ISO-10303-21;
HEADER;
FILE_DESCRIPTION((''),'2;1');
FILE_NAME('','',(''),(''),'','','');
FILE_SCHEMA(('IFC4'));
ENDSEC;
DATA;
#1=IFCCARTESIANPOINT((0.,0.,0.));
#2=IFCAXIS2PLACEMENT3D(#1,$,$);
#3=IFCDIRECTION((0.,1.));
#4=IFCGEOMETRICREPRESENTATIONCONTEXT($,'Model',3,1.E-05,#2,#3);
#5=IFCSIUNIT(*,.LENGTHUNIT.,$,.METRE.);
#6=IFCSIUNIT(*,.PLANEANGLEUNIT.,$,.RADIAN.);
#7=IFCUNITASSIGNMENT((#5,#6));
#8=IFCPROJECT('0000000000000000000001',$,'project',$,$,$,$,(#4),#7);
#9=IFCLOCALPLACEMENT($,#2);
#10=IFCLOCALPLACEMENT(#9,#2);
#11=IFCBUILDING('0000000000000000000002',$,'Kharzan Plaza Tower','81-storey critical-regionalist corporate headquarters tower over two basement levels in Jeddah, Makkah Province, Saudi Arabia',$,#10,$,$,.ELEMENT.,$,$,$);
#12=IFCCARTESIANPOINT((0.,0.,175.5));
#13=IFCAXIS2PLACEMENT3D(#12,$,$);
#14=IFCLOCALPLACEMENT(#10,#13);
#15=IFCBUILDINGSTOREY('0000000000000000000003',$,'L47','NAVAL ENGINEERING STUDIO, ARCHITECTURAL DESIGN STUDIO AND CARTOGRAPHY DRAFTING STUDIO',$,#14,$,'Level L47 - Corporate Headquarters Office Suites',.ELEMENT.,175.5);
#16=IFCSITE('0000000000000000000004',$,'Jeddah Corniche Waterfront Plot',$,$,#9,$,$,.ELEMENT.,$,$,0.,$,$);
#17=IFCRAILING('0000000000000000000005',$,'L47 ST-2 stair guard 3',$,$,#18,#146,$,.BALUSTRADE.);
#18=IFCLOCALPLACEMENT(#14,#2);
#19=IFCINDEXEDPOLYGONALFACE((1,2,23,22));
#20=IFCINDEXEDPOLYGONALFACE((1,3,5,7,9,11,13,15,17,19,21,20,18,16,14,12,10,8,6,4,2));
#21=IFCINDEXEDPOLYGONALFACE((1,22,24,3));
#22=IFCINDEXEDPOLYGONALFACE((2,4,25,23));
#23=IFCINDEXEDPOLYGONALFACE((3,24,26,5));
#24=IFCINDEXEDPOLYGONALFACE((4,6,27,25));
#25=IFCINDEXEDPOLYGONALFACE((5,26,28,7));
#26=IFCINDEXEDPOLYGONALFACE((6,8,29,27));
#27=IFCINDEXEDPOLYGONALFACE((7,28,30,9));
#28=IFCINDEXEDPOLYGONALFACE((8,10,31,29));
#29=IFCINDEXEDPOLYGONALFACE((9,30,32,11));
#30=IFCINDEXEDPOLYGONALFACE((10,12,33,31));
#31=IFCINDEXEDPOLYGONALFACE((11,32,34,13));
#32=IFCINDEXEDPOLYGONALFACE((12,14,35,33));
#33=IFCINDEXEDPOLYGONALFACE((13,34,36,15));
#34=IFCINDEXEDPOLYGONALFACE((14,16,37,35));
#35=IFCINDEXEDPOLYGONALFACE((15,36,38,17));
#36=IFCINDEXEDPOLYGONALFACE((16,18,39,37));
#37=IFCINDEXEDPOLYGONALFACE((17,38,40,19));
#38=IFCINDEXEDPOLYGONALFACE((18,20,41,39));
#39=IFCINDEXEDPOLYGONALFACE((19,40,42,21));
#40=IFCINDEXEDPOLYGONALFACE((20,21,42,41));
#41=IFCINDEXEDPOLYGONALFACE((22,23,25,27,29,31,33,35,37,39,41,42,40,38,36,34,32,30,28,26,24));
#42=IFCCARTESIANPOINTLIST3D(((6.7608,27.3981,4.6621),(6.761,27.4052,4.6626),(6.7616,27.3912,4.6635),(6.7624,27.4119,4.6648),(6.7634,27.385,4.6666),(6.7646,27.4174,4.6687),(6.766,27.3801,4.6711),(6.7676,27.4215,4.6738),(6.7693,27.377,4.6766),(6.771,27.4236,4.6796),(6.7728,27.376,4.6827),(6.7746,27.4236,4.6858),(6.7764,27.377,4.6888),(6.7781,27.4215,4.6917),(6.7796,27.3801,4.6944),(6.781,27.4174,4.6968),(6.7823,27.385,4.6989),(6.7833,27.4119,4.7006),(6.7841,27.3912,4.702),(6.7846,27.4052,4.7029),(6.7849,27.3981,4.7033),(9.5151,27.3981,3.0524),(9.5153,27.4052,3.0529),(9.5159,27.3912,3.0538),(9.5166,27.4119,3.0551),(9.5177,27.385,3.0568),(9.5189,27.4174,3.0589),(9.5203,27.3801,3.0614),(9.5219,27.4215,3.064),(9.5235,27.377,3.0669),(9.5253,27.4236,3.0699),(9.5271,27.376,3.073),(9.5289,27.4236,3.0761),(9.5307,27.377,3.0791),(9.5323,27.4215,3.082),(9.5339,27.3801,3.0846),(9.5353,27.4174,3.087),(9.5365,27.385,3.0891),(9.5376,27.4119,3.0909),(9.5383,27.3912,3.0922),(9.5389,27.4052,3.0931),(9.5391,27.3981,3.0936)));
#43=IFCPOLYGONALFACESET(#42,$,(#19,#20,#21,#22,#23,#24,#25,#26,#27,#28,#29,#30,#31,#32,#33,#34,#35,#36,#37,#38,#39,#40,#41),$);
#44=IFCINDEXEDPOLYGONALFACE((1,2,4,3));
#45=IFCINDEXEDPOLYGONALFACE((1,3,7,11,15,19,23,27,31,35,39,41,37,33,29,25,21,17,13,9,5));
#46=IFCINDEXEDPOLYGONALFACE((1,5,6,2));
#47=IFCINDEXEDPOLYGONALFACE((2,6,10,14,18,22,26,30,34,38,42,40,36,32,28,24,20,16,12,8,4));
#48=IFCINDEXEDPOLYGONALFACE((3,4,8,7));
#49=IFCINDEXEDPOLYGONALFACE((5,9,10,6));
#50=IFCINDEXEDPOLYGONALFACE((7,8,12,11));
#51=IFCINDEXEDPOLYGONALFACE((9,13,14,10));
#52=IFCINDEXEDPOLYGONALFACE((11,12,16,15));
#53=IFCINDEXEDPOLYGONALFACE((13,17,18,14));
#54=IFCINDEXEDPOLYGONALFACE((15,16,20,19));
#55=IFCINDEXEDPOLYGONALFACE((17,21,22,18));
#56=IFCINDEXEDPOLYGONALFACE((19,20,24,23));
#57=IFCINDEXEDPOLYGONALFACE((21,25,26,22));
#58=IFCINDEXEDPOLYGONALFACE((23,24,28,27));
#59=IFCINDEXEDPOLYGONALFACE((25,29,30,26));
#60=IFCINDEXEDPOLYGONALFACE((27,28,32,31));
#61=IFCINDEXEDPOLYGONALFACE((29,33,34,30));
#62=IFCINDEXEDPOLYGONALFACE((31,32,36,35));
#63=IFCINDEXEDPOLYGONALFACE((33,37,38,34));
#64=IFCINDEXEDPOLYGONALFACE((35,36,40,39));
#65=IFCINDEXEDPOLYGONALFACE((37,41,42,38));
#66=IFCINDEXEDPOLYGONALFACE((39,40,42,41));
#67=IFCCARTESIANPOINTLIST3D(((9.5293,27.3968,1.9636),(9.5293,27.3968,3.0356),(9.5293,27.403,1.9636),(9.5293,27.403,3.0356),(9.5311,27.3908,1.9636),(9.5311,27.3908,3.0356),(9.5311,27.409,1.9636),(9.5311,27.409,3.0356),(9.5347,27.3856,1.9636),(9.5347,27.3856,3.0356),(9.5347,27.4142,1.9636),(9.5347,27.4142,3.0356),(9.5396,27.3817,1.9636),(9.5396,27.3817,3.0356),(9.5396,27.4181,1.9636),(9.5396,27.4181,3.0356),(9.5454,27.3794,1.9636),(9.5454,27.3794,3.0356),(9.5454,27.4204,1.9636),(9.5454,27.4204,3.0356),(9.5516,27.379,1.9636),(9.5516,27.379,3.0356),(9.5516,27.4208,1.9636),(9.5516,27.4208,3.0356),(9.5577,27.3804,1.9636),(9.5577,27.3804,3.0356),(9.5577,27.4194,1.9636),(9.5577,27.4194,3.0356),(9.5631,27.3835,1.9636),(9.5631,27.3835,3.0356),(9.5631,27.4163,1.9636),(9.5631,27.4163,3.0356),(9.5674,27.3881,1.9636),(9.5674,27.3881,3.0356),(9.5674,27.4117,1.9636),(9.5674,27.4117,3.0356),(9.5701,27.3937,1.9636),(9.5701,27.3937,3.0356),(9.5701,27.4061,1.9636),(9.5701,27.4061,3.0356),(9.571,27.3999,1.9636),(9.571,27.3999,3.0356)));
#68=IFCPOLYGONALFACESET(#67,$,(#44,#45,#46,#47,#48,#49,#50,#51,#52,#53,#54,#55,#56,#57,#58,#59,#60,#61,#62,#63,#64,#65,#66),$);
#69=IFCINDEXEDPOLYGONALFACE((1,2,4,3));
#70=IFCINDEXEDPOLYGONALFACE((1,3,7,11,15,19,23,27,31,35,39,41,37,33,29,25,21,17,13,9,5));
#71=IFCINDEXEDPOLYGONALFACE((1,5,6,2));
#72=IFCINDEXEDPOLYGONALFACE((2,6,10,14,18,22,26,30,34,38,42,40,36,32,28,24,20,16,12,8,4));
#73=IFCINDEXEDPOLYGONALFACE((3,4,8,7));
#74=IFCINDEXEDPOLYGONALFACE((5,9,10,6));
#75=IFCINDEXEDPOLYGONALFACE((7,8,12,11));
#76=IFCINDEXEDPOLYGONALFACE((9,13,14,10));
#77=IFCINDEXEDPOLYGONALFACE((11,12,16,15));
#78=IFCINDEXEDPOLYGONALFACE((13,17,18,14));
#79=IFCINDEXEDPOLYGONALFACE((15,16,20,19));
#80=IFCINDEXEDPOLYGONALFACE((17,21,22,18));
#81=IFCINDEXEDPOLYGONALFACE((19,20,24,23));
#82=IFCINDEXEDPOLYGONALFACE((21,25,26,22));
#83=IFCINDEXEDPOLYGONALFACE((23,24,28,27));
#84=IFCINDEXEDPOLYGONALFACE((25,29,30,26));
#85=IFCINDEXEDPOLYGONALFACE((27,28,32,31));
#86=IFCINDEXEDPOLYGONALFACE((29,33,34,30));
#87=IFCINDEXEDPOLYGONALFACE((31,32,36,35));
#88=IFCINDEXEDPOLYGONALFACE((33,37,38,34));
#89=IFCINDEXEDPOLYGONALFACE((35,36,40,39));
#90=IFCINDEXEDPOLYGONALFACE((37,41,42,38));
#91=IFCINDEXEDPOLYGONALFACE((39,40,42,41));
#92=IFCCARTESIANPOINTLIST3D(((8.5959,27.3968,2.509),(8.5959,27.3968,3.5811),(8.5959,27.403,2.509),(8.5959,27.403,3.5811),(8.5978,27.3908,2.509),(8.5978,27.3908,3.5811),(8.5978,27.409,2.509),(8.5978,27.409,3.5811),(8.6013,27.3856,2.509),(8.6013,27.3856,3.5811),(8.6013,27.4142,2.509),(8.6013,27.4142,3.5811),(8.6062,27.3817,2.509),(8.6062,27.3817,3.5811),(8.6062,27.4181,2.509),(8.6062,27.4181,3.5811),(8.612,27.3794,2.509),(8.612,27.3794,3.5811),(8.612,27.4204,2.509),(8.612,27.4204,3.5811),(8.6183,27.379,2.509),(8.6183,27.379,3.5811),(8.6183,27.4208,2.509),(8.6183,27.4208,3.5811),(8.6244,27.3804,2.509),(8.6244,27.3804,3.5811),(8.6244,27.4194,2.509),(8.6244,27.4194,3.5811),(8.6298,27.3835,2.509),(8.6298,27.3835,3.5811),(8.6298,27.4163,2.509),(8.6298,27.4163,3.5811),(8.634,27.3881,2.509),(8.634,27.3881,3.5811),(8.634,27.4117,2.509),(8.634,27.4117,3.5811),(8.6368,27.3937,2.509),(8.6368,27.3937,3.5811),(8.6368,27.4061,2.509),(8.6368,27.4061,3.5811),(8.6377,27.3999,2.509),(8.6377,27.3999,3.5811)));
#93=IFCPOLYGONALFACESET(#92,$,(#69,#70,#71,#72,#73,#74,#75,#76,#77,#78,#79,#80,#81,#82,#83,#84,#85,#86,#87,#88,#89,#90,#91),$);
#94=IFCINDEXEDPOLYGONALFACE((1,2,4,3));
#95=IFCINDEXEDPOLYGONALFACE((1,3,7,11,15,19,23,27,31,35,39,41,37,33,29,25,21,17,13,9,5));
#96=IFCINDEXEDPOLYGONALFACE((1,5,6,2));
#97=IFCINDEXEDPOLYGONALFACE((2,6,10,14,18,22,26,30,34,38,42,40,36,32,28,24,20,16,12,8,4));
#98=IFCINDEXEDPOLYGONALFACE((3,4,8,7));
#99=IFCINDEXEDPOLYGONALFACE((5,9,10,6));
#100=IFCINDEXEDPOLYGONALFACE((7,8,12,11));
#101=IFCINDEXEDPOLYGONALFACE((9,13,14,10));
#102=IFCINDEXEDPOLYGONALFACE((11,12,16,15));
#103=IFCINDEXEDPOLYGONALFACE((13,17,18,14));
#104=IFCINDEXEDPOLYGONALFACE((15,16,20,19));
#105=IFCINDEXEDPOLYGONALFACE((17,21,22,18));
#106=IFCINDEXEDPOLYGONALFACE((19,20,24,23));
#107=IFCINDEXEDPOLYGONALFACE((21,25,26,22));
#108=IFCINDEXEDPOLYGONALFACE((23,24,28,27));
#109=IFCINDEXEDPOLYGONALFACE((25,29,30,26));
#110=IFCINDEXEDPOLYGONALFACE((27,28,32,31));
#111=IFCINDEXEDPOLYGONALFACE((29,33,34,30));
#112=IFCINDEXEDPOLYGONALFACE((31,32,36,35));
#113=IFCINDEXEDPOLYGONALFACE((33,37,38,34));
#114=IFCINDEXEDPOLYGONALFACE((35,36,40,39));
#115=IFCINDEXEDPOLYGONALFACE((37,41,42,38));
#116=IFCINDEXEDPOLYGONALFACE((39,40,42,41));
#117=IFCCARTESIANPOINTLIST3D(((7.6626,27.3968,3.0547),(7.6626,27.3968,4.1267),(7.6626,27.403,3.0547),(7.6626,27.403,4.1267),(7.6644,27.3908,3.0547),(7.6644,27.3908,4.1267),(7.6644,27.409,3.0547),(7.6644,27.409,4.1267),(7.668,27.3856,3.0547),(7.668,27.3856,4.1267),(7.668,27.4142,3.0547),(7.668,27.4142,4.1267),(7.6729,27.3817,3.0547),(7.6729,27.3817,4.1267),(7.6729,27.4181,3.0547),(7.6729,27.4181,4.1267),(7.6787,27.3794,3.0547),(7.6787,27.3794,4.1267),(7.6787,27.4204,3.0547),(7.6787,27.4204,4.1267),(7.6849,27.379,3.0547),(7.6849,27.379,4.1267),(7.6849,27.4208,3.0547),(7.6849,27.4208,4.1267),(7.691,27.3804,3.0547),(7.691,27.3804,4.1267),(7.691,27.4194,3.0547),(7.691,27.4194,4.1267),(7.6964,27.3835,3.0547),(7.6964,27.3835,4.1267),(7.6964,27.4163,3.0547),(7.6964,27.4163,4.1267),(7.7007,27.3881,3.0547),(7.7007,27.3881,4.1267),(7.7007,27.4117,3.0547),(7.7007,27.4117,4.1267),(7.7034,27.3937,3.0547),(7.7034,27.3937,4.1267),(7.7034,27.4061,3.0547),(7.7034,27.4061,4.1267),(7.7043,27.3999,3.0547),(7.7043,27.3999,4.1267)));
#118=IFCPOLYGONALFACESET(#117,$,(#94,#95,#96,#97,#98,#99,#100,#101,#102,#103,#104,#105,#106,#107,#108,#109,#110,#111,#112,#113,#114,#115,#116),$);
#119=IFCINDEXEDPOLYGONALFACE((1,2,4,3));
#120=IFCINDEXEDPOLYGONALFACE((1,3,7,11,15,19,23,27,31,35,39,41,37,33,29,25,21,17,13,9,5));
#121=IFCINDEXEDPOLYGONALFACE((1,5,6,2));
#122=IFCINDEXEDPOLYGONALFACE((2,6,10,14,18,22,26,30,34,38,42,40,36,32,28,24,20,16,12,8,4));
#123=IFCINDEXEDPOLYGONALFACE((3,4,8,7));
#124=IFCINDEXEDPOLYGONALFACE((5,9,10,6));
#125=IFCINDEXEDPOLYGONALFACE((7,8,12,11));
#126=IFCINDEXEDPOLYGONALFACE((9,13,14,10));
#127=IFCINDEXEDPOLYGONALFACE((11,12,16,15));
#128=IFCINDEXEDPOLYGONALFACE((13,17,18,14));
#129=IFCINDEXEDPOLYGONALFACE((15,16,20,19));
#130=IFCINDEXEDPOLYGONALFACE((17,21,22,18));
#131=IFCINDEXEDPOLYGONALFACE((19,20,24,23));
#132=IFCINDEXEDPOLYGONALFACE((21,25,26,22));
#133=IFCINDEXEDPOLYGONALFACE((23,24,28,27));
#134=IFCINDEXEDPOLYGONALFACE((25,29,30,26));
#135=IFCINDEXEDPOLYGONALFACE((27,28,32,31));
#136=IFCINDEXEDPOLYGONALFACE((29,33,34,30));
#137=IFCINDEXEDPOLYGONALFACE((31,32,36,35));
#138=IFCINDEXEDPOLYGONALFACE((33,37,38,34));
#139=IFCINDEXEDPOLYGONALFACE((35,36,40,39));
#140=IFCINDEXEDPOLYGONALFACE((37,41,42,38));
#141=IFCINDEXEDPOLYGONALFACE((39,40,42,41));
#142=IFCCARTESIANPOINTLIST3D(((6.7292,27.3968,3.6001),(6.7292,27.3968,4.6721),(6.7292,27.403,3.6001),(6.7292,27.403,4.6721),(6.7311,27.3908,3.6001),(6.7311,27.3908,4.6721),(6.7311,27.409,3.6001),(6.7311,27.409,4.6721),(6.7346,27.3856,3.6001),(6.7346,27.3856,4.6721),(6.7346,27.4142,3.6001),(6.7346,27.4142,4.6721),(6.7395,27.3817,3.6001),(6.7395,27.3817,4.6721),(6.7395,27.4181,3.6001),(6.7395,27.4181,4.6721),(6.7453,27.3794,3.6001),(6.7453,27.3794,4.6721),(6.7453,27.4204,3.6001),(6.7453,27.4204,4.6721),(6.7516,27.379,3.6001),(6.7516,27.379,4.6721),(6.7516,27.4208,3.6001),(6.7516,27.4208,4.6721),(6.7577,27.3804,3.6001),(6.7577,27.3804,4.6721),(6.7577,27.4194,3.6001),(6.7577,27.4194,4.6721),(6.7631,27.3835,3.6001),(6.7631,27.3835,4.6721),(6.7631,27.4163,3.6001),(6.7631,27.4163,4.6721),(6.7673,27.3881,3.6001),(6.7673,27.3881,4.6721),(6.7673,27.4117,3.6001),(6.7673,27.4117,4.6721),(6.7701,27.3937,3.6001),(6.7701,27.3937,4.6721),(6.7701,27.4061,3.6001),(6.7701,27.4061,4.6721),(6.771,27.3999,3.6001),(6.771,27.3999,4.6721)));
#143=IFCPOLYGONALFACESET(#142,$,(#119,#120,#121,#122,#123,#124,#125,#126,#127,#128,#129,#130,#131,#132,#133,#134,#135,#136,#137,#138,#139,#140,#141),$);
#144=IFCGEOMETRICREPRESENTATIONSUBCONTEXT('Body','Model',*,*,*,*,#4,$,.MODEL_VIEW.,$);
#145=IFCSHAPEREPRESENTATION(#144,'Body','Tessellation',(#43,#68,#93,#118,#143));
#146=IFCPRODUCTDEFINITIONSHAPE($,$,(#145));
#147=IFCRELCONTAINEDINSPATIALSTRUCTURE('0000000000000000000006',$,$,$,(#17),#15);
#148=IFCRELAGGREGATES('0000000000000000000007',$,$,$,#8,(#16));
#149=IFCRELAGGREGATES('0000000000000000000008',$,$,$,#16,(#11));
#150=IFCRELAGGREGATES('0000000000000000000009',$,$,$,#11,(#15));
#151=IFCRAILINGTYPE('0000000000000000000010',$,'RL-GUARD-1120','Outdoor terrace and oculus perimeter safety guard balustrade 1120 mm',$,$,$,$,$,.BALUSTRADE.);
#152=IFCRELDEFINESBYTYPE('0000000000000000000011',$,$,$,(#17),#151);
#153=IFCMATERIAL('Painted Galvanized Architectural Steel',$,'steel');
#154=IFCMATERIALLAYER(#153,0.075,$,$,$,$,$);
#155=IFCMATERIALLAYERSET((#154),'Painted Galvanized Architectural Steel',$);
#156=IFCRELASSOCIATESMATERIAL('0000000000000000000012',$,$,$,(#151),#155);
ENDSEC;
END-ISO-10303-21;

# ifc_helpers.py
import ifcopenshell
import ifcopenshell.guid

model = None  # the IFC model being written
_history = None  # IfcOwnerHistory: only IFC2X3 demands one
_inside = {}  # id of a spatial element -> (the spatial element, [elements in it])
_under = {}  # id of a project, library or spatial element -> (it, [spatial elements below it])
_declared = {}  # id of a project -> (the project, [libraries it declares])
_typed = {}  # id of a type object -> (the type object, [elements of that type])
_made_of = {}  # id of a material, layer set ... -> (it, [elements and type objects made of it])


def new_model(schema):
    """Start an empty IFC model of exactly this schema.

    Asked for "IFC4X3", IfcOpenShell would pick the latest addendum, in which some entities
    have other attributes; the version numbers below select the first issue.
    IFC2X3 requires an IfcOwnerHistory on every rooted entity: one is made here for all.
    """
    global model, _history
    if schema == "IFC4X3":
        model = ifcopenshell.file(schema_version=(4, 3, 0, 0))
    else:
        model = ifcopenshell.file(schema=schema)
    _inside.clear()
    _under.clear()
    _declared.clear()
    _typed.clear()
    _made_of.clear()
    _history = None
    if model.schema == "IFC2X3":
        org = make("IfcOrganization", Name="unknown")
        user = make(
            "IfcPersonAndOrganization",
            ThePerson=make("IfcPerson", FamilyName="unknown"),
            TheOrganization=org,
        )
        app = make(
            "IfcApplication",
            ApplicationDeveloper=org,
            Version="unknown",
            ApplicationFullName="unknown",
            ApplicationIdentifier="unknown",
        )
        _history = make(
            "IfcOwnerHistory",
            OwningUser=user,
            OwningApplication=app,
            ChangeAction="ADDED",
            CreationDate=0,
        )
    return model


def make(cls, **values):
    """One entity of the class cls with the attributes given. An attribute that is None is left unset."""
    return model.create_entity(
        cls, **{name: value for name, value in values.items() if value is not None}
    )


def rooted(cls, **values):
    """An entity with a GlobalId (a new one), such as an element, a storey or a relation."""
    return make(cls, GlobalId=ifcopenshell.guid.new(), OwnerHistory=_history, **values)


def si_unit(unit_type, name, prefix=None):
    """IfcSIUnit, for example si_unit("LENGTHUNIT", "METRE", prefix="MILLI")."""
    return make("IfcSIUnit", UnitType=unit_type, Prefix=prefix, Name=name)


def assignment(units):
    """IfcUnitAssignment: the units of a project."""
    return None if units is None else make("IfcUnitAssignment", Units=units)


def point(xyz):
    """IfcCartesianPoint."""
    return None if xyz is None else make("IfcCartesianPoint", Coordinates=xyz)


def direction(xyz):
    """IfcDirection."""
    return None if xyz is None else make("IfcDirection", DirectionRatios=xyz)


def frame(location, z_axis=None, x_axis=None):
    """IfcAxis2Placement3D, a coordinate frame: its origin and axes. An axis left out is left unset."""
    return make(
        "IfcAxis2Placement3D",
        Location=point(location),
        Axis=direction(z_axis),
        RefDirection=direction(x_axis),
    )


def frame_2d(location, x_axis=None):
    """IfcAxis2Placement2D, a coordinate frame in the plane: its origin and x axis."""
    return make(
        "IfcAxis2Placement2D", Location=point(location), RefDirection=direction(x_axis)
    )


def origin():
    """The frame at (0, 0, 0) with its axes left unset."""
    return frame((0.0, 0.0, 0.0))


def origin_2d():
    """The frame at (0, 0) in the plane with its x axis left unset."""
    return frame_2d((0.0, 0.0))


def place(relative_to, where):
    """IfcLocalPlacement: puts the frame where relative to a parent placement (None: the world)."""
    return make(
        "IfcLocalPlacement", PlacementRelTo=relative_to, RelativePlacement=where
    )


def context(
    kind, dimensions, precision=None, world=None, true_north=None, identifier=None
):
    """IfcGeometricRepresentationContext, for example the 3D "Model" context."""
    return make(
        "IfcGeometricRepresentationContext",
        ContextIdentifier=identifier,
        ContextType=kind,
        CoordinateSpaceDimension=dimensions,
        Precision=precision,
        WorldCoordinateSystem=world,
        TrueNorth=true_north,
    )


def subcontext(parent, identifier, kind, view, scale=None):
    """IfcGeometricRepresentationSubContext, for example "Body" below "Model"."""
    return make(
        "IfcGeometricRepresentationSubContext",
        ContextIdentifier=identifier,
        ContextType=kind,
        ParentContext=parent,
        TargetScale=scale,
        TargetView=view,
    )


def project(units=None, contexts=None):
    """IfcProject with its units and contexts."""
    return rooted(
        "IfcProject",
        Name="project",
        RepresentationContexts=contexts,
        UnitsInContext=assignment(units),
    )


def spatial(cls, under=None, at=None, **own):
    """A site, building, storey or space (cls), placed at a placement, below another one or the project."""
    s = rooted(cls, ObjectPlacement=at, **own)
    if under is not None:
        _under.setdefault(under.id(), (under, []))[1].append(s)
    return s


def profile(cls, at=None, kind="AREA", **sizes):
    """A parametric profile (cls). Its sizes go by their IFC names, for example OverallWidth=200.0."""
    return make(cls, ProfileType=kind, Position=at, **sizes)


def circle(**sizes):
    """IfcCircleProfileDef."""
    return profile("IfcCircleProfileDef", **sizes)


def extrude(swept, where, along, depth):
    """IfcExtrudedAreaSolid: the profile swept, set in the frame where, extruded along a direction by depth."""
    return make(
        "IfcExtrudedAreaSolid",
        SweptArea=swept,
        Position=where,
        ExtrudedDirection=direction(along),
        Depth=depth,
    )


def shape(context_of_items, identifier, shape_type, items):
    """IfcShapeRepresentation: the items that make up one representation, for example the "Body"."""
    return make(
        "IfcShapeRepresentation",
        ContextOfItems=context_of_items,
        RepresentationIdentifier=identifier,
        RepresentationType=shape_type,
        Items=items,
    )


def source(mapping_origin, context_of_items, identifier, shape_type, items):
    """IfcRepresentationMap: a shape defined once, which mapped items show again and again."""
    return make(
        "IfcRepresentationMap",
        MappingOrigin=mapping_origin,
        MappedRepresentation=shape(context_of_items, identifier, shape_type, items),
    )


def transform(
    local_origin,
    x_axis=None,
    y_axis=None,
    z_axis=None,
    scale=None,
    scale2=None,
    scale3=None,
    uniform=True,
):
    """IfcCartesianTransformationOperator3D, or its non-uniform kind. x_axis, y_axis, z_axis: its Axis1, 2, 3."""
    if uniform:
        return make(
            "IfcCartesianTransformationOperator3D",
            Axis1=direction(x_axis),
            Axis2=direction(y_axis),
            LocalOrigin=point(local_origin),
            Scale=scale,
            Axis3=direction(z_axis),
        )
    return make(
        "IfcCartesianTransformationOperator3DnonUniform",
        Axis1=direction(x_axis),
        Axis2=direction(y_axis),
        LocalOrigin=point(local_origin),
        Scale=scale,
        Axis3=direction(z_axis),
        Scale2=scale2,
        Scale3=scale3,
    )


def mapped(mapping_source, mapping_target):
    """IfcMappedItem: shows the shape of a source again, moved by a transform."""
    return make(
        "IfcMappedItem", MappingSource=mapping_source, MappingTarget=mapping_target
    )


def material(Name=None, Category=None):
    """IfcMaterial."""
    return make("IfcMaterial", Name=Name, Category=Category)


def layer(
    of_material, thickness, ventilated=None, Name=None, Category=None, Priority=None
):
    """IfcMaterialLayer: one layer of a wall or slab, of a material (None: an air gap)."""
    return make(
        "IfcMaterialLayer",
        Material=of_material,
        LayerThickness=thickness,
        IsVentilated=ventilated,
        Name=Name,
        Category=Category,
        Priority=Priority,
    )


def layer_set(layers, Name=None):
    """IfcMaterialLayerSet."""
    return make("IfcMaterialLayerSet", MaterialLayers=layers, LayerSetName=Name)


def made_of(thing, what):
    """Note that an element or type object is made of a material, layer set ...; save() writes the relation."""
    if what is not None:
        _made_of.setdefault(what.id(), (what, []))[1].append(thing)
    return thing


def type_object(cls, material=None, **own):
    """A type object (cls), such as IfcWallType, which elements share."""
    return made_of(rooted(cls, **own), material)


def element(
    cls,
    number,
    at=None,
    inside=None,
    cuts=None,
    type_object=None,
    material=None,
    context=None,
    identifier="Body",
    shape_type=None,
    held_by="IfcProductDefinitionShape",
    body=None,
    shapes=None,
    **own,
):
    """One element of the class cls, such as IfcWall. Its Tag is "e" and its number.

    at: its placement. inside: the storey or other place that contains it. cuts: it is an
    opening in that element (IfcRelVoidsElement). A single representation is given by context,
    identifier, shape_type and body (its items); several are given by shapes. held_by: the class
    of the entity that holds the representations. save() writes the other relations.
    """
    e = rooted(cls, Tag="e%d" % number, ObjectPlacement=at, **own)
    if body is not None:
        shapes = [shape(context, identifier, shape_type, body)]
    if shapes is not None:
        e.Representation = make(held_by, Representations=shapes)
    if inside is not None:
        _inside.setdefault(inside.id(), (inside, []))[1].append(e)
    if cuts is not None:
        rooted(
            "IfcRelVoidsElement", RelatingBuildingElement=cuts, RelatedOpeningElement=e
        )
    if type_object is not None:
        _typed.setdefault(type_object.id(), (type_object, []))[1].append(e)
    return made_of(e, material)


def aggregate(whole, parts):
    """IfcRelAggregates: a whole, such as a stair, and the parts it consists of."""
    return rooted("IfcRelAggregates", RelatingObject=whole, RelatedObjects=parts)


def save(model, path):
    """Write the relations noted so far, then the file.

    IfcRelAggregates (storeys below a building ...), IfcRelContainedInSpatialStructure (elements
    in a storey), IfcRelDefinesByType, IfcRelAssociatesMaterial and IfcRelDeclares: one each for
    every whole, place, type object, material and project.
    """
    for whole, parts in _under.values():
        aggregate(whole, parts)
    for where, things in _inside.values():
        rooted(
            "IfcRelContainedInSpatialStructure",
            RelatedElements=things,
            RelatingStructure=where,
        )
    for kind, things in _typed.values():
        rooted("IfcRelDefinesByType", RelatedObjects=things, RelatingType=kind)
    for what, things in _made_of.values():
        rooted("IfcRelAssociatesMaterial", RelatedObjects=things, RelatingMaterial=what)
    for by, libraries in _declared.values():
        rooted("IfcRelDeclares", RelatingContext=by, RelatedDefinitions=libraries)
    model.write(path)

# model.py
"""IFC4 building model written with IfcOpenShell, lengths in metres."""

from ifc_helpers import new_model, si_unit, direction, frame, origin, origin_2d, place, context, subcontext, project, spatial, circle, extrude, source, transform, mapped, material, layer, layer_set, type_object, element, save


model = new_model("IFC4")

# Units and contexts
model_context = context("Model", 3, precision=1e-05, world=origin(), true_north=direction((0.0, 1.0)))
body_context = subcontext(model_context, "Body", "Model", "MODEL_VIEW")
ifc_project = project(units=[si_unit("LENGTHUNIT", "METRE"), si_unit("PLANEANGLEUNIT", "RADIAN")], contexts=[model_context])

# Site, building, storey
site_placement = place(None, origin())
site = spatial("IfcSite", under=ifc_project, at=site_placement, Name="Jeddah Corniche Waterfront Plot", CompositionType="ELEMENT", RefElevation=0.0)
building_placement = place(site_placement, origin())
building = spatial("IfcBuilding", under=site, at=building_placement, Name="Kharzan Plaza Tower", Description="81-storey critical-regionalist corporate headquarters tower over two basement levels in Jeddah, Makkah Province, Saudi Arabia", CompositionType="ELEMENT")
storey_placement = place(building_placement, frame((0.0, 0.0, 175.5)))
storey = spatial("IfcBuildingStorey", under=building, at=storey_placement, Name="L47", Description="NAVAL ENGINEERING STUDIO, ARCHITECTURAL DESIGN STUDIO AND CARTOGRAPHY DRAFTING STUDIO", LongName="Level L47 - Corporate Headquarters Office Suites", CompositionType="ELEMENT", Elevation=175.5)

# Railing
ifc_material_1 = material(Name="Painted Galvanized Architectural Steel", Category="steel")
ifc_layer_1 = layer(ifc_material_1, 0.075)
ifc_layer_set_1 = layer_set([ifc_layer_1], Name="Painted Galvanized Architectural Steel")
railing_type_1 = type_object("IfcRailingType", Name="RL-GUARD-1120", Description="Outdoor terrace and oculus perimeter safety guard balustrade 1120 mm", PredefinedType="BALUSTRADE", material=ifc_layer_set_1)
shared_shape_1 = source(origin(), body_context, "Body", "SweptSolid", [
    extrude(circle(Radius=0.0239, at=origin_2d()), frame((-0.0229, 0.0, 1.1094), z_axis=(-0.863361, 0.0, 0.504587), x_axis=(0.0, -1.0, 0.0)), (0.0, 0.0, 1.0), 3.1902),
    extrude(circle(Radius=0.021, at=origin_2d()), origin(), (0.0, 0.0, 1.0), 1.072),
    extrude(circle(Radius=0.021, at=origin_2d()), frame((-0.9333, 0.0, 0.5454)), (0.0, 0.0, 1.0), 1.072),
    extrude(circle(Radius=0.021, at=origin_2d()), frame((-1.8667, 0.0, 1.0911)), (0.0, 0.0, 1.0), 1.072),
    extrude(circle(Radius=0.021, at=origin_2d()), frame((-2.8, 0.0, 1.6365)), (0.0, 0.0, 1.0), 1.072),
])
railing_1_placement = place(storey_placement, frame((9.55, 27.3999, 1.9636)))
element("IfcRailing", 1, at=railing_1_placement, inside=storey, type_object=railing_type_1, Name="L47 ST-2 stair guard 3", PredefinedType="BALUSTRADE", context=body_context, shape_type="MappedRepresentation", body=[
    mapped(shared_shape_1, transform((0.0, 0.0, 0.0), x_axis=(1.0, 0.0, 0.0), y_axis=(0.0, 1.0, 0.0), z_axis=(0.0, 0.0, 1.0))),
])

save(model, "model.ifc")
